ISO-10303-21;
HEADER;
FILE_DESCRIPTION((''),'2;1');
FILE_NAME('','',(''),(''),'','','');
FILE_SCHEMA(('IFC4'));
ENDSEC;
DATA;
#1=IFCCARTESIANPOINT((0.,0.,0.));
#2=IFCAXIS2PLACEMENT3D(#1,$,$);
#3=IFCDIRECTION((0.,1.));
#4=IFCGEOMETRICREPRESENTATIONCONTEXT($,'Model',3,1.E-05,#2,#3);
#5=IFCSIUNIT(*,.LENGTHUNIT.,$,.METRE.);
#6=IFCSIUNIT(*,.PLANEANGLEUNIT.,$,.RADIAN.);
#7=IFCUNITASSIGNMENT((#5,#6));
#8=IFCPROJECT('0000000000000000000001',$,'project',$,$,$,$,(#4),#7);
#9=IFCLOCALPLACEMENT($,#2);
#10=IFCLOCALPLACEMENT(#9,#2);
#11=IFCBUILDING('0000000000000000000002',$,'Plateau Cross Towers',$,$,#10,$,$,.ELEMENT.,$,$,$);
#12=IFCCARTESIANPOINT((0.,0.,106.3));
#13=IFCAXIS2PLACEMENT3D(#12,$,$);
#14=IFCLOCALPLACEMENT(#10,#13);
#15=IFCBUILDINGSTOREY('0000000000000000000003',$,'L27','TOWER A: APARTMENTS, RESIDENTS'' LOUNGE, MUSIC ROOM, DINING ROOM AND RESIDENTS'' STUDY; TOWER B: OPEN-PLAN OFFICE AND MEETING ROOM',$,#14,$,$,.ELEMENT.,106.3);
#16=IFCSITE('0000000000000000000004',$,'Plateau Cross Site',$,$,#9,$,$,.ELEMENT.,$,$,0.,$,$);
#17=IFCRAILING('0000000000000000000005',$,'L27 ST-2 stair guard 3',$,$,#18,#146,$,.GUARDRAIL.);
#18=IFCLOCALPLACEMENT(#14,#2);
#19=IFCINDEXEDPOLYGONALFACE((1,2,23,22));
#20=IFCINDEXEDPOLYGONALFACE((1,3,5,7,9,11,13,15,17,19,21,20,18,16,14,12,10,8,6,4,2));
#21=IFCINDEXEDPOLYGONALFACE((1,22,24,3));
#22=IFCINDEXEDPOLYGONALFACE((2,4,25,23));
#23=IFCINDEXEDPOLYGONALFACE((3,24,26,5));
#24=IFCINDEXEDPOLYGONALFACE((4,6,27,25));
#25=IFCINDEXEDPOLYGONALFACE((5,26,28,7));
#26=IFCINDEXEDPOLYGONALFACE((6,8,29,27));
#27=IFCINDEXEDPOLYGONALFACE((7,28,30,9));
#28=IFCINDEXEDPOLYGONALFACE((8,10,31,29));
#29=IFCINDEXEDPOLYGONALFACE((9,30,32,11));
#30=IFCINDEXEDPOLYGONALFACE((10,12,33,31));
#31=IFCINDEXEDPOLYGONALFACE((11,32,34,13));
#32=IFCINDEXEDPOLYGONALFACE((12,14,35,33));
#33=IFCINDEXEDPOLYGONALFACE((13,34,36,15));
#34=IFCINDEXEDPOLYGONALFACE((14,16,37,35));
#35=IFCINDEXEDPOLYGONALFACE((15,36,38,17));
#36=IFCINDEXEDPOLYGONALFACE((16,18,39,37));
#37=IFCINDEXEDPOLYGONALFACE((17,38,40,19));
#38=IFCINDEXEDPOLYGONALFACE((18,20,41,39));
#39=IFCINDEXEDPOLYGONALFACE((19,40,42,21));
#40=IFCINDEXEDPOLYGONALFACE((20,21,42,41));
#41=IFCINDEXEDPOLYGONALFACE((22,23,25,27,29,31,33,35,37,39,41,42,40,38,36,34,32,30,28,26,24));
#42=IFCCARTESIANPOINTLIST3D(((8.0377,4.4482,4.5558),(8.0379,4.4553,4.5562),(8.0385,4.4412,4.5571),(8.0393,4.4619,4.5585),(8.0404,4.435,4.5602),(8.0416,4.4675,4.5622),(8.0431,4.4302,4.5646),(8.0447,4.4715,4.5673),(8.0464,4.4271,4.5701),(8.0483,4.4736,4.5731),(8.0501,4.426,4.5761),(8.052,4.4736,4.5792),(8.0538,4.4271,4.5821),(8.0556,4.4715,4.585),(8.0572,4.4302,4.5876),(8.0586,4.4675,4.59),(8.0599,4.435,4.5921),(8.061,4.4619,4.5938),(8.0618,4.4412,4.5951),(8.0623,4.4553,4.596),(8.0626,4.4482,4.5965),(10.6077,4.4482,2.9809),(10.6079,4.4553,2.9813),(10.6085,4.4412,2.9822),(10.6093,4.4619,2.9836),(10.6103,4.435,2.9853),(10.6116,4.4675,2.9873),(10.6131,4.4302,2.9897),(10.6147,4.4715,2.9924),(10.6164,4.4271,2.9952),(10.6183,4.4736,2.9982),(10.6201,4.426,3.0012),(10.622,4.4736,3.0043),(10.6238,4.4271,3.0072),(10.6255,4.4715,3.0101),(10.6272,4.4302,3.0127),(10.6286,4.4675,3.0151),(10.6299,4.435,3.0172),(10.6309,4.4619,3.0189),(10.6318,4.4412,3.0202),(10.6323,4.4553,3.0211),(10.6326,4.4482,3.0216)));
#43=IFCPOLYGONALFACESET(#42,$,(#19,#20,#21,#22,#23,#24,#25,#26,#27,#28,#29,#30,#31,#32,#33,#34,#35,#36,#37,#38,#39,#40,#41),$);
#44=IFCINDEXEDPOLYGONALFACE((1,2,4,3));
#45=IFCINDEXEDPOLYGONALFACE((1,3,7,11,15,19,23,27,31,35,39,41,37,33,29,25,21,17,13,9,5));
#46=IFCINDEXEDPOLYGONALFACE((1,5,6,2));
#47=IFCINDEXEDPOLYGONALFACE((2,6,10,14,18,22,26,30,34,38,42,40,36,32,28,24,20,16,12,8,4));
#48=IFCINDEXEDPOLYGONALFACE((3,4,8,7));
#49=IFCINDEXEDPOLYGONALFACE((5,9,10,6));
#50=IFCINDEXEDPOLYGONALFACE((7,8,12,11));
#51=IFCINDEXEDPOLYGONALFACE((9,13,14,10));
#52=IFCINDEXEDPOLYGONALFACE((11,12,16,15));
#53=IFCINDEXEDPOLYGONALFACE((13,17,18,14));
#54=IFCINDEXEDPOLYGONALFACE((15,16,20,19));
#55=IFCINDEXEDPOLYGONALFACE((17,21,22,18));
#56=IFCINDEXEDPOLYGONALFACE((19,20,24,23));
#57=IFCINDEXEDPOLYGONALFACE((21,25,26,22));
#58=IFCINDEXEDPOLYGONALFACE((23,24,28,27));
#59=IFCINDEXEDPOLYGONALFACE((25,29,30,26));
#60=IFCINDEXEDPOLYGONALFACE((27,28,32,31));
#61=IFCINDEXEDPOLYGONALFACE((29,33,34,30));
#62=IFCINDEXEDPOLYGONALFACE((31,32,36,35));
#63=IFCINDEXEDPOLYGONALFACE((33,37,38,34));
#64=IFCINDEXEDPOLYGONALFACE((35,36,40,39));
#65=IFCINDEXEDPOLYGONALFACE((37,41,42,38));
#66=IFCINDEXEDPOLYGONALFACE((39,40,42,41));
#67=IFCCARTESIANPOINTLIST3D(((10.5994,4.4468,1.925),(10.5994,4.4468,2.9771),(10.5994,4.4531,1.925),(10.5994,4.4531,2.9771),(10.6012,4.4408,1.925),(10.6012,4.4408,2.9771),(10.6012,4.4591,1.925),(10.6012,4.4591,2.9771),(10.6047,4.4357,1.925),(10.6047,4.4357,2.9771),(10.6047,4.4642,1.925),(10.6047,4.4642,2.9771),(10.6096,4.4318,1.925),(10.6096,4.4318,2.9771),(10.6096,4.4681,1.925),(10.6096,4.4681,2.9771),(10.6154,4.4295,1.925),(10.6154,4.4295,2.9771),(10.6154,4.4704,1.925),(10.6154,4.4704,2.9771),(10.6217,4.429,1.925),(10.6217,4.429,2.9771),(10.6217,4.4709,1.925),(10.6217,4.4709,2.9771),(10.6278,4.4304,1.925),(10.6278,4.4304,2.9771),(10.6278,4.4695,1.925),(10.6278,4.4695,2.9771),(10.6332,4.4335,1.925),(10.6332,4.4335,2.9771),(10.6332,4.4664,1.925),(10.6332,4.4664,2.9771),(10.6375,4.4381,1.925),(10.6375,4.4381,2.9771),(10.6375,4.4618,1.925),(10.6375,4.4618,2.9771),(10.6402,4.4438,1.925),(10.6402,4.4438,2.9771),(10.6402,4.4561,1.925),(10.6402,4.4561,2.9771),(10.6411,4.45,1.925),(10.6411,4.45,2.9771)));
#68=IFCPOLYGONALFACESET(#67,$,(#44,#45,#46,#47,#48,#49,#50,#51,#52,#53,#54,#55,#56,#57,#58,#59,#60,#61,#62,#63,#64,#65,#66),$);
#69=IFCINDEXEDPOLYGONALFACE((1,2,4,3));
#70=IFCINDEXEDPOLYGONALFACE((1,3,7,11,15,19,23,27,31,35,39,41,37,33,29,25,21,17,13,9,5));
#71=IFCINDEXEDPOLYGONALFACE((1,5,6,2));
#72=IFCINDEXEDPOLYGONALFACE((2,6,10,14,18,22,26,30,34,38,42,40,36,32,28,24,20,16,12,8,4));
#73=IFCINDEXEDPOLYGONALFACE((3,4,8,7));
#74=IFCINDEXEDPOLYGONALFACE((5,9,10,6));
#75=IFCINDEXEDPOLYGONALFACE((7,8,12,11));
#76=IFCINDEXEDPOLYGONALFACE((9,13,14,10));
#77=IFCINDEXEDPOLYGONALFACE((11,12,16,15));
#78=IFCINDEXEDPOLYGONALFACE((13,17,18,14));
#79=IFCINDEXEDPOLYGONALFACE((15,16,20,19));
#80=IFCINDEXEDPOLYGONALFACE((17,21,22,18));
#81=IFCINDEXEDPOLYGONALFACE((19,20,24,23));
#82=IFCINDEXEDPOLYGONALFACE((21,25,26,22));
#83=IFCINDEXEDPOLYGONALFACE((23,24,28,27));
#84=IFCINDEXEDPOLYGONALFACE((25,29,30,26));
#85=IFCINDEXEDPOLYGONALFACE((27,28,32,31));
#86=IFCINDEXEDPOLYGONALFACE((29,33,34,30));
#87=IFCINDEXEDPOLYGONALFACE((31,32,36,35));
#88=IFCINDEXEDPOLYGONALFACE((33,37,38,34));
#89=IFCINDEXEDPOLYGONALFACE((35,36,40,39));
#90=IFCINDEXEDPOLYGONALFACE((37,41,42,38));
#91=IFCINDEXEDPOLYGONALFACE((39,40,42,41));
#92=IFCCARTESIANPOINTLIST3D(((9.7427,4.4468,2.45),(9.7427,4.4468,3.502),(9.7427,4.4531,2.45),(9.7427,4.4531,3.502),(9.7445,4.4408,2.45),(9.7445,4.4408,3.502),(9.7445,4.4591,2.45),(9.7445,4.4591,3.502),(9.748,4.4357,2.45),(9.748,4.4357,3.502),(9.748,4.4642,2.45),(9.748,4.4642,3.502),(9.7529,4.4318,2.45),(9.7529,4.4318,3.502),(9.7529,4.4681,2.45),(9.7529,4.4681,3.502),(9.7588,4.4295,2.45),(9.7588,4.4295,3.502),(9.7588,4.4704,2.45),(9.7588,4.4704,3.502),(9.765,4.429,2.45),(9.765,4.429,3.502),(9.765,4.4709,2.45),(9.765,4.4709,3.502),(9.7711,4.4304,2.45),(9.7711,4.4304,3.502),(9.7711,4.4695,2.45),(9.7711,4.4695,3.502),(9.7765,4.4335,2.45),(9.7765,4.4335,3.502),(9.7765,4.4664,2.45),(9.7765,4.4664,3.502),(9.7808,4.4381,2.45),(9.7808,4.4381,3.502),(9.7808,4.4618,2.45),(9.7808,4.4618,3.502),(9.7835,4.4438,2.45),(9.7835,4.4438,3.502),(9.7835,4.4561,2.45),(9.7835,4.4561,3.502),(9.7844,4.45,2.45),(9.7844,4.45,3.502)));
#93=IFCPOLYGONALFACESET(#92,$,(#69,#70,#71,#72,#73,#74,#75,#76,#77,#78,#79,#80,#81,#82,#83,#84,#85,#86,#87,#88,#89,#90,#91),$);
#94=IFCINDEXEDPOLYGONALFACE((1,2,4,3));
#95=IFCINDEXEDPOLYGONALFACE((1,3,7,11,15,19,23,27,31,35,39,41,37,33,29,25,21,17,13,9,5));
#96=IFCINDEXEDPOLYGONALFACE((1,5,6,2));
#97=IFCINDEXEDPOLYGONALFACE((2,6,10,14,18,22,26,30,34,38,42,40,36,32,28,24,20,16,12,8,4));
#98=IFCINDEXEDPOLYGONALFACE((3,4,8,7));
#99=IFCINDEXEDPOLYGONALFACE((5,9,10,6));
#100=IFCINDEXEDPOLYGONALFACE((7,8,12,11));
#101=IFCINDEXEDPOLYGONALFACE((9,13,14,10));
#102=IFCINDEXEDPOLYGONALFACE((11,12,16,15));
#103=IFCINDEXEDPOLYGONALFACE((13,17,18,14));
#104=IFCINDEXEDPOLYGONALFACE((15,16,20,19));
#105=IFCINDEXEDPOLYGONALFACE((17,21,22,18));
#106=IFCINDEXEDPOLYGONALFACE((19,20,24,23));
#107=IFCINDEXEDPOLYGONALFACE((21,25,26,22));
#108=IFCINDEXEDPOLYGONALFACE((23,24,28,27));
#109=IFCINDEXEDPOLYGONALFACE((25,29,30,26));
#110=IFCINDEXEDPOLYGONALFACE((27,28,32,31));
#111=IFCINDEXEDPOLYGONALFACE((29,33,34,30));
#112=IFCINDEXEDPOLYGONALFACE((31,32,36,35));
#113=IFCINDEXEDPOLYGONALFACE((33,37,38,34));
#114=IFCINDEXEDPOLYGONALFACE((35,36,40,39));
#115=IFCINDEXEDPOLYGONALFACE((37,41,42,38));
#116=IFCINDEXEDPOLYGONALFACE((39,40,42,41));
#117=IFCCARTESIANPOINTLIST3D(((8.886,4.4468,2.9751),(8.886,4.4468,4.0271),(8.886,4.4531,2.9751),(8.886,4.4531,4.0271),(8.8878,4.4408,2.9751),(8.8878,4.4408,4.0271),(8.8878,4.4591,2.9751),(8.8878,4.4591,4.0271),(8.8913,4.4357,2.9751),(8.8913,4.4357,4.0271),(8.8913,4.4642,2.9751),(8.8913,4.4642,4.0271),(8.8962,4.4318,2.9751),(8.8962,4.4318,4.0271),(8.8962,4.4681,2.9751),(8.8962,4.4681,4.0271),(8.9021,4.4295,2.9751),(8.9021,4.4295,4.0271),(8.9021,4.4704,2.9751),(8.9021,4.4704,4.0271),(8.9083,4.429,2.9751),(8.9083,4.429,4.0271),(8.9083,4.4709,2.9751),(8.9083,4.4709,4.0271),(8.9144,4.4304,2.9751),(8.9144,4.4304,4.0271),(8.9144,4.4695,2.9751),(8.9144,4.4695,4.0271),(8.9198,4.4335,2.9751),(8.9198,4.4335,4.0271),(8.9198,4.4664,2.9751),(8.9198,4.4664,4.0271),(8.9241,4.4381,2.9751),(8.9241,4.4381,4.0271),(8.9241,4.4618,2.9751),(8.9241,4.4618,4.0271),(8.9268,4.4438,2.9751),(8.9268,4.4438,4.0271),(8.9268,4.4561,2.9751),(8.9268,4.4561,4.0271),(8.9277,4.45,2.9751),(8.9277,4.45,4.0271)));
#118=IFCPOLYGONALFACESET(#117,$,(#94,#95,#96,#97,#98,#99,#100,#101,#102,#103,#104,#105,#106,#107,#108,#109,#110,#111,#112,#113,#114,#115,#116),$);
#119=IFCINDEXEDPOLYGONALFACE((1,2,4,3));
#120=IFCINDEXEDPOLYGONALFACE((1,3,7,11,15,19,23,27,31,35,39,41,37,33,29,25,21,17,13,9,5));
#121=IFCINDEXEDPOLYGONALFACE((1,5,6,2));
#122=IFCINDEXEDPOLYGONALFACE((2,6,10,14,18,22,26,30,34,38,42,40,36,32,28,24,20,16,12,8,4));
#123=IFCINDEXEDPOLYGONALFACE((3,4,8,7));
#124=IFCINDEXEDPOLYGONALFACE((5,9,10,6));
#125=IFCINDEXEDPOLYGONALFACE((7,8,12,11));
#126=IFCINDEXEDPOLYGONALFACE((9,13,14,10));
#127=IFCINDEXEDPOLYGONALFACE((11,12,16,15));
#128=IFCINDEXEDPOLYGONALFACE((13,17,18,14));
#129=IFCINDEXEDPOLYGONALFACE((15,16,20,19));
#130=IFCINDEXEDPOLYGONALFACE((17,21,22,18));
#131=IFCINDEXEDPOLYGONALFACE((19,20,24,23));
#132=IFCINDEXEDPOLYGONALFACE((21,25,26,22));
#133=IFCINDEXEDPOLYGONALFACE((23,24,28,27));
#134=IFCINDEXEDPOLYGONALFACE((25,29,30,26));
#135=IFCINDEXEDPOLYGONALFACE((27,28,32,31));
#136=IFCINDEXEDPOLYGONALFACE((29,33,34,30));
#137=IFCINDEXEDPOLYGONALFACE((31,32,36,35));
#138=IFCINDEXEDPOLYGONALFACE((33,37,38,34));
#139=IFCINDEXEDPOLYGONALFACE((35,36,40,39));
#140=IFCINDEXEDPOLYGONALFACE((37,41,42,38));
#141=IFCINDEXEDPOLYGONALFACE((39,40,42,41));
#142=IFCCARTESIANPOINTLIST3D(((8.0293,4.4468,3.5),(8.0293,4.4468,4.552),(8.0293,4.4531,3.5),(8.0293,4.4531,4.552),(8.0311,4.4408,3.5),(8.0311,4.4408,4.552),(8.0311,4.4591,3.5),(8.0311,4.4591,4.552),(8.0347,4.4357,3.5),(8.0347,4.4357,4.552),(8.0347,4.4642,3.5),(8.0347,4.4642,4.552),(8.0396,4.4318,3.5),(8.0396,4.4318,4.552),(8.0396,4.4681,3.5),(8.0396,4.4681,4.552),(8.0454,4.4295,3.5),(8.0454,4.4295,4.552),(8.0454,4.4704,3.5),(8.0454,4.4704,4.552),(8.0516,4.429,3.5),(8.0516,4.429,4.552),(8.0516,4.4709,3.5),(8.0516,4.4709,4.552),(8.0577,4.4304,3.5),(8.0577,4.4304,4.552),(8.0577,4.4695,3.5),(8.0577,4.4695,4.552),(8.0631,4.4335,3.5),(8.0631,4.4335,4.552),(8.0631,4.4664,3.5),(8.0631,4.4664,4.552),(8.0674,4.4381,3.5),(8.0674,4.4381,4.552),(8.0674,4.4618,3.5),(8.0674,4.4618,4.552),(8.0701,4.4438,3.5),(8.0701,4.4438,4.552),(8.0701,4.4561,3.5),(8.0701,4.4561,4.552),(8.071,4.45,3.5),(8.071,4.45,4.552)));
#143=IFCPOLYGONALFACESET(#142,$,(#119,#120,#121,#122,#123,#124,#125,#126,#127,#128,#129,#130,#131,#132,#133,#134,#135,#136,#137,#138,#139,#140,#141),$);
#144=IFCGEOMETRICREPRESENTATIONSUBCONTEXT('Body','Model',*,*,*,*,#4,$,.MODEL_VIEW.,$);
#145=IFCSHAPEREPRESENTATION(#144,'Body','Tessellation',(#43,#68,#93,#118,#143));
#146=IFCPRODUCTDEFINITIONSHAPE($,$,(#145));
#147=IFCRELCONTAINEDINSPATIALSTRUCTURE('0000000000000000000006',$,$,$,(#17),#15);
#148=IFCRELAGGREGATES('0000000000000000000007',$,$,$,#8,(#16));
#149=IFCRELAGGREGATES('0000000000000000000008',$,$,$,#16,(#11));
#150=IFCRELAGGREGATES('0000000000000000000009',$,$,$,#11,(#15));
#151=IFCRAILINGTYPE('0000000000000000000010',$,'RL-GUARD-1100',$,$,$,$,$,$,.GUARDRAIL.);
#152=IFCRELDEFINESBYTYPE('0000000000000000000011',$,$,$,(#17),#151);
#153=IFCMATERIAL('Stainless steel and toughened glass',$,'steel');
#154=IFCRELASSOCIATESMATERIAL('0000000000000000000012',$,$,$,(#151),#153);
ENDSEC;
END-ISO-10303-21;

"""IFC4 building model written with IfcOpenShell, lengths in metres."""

from ifc_helpers import new_model, si_unit, direction, frame, origin, origin_2d, place, context, subcontext, project, spatial, circle, extrude, material, type_object, element, save


model = new_model("IFC4")

# Units and contexts
model_context = context("Model", 3, precision=1e-05, world=origin(), true_north=direction((0.0, 1.0)))
body_context = subcontext(model_context, "Body", "Model", "MODEL_VIEW")
ifc_project = project(units=[si_unit("LENGTHUNIT", "METRE"), si_unit("PLANEANGLEUNIT", "RADIAN")], contexts=[model_context])

# Site, building, storey
site_placement = place(None, origin())
site = spatial("IfcSite", under=ifc_project, at=site_placement, Name="Plateau Cross Site", CompositionType="ELEMENT", RefElevation=0.0)
building_placement = place(site_placement, origin())
building = spatial("IfcBuilding", under=site, at=building_placement, Name="Plateau Cross Towers", CompositionType="ELEMENT")
storey_placement = place(building_placement, frame((0.0, 0.0, 106.3)))
storey = spatial("IfcBuildingStorey", under=building, at=storey_placement, Name="L27", Description="TOWER A: APARTMENTS, RESIDENTS' LOUNGE, MUSIC ROOM, DINING ROOM AND RESIDENTS' STUDY; TOWER B: OPEN-PLAN OFFICE AND MEETING ROOM", CompositionType="ELEMENT", Elevation=106.3)

# Railing
ifc_material_1 = material(Name="Stainless steel and toughened glass", Category="steel")
railing_type_1 = type_object("IfcRailingType", Name="RL-GUARD-1100", PredefinedType="GUARDRAIL", material=ifc_material_1)
railing_1_placement = place(storey_placement, frame((10.6201, 4.45, 1.925)))
element("IfcRailing", 1, at=railing_1_placement, inside=storey, type_object=railing_type_1, Name="L27 ST-2 stair guard 3", PredefinedType="GUARDRAIL", context=body_context, shape_type="SweptSolid", body=[
    extrude(circle(Radius=0.0239, at=origin_2d()), frame((0.0, 0.0, 1.0762), z_axis=(-0.852639, 0.0, 0.522501), x_axis=(0.0, -1.0, 0.0)), (0.0, 0.0, 1.0), 3.0142),
    extrude(circle(Radius=0.021, at=origin_2d()), origin(), (0.0, 0.0, 1.0), 1.052),
    extrude(circle(Radius=0.021, at=origin_2d()), frame((-0.8567, 0.0, 0.5249)), (0.0, 0.0, 1.0), 1.052),
    extrude(circle(Radius=0.021, at=origin_2d()), frame((-1.7134, 0.0, 1.05)), (0.0, 0.0, 1.0), 1.052),
    extrude(circle(Radius=0.021, at=origin_2d()), frame((-2.5701, 0.0, 1.575)), (0.0, 0.0, 1.0), 1.052),
])

save(model, "model.ifc")
